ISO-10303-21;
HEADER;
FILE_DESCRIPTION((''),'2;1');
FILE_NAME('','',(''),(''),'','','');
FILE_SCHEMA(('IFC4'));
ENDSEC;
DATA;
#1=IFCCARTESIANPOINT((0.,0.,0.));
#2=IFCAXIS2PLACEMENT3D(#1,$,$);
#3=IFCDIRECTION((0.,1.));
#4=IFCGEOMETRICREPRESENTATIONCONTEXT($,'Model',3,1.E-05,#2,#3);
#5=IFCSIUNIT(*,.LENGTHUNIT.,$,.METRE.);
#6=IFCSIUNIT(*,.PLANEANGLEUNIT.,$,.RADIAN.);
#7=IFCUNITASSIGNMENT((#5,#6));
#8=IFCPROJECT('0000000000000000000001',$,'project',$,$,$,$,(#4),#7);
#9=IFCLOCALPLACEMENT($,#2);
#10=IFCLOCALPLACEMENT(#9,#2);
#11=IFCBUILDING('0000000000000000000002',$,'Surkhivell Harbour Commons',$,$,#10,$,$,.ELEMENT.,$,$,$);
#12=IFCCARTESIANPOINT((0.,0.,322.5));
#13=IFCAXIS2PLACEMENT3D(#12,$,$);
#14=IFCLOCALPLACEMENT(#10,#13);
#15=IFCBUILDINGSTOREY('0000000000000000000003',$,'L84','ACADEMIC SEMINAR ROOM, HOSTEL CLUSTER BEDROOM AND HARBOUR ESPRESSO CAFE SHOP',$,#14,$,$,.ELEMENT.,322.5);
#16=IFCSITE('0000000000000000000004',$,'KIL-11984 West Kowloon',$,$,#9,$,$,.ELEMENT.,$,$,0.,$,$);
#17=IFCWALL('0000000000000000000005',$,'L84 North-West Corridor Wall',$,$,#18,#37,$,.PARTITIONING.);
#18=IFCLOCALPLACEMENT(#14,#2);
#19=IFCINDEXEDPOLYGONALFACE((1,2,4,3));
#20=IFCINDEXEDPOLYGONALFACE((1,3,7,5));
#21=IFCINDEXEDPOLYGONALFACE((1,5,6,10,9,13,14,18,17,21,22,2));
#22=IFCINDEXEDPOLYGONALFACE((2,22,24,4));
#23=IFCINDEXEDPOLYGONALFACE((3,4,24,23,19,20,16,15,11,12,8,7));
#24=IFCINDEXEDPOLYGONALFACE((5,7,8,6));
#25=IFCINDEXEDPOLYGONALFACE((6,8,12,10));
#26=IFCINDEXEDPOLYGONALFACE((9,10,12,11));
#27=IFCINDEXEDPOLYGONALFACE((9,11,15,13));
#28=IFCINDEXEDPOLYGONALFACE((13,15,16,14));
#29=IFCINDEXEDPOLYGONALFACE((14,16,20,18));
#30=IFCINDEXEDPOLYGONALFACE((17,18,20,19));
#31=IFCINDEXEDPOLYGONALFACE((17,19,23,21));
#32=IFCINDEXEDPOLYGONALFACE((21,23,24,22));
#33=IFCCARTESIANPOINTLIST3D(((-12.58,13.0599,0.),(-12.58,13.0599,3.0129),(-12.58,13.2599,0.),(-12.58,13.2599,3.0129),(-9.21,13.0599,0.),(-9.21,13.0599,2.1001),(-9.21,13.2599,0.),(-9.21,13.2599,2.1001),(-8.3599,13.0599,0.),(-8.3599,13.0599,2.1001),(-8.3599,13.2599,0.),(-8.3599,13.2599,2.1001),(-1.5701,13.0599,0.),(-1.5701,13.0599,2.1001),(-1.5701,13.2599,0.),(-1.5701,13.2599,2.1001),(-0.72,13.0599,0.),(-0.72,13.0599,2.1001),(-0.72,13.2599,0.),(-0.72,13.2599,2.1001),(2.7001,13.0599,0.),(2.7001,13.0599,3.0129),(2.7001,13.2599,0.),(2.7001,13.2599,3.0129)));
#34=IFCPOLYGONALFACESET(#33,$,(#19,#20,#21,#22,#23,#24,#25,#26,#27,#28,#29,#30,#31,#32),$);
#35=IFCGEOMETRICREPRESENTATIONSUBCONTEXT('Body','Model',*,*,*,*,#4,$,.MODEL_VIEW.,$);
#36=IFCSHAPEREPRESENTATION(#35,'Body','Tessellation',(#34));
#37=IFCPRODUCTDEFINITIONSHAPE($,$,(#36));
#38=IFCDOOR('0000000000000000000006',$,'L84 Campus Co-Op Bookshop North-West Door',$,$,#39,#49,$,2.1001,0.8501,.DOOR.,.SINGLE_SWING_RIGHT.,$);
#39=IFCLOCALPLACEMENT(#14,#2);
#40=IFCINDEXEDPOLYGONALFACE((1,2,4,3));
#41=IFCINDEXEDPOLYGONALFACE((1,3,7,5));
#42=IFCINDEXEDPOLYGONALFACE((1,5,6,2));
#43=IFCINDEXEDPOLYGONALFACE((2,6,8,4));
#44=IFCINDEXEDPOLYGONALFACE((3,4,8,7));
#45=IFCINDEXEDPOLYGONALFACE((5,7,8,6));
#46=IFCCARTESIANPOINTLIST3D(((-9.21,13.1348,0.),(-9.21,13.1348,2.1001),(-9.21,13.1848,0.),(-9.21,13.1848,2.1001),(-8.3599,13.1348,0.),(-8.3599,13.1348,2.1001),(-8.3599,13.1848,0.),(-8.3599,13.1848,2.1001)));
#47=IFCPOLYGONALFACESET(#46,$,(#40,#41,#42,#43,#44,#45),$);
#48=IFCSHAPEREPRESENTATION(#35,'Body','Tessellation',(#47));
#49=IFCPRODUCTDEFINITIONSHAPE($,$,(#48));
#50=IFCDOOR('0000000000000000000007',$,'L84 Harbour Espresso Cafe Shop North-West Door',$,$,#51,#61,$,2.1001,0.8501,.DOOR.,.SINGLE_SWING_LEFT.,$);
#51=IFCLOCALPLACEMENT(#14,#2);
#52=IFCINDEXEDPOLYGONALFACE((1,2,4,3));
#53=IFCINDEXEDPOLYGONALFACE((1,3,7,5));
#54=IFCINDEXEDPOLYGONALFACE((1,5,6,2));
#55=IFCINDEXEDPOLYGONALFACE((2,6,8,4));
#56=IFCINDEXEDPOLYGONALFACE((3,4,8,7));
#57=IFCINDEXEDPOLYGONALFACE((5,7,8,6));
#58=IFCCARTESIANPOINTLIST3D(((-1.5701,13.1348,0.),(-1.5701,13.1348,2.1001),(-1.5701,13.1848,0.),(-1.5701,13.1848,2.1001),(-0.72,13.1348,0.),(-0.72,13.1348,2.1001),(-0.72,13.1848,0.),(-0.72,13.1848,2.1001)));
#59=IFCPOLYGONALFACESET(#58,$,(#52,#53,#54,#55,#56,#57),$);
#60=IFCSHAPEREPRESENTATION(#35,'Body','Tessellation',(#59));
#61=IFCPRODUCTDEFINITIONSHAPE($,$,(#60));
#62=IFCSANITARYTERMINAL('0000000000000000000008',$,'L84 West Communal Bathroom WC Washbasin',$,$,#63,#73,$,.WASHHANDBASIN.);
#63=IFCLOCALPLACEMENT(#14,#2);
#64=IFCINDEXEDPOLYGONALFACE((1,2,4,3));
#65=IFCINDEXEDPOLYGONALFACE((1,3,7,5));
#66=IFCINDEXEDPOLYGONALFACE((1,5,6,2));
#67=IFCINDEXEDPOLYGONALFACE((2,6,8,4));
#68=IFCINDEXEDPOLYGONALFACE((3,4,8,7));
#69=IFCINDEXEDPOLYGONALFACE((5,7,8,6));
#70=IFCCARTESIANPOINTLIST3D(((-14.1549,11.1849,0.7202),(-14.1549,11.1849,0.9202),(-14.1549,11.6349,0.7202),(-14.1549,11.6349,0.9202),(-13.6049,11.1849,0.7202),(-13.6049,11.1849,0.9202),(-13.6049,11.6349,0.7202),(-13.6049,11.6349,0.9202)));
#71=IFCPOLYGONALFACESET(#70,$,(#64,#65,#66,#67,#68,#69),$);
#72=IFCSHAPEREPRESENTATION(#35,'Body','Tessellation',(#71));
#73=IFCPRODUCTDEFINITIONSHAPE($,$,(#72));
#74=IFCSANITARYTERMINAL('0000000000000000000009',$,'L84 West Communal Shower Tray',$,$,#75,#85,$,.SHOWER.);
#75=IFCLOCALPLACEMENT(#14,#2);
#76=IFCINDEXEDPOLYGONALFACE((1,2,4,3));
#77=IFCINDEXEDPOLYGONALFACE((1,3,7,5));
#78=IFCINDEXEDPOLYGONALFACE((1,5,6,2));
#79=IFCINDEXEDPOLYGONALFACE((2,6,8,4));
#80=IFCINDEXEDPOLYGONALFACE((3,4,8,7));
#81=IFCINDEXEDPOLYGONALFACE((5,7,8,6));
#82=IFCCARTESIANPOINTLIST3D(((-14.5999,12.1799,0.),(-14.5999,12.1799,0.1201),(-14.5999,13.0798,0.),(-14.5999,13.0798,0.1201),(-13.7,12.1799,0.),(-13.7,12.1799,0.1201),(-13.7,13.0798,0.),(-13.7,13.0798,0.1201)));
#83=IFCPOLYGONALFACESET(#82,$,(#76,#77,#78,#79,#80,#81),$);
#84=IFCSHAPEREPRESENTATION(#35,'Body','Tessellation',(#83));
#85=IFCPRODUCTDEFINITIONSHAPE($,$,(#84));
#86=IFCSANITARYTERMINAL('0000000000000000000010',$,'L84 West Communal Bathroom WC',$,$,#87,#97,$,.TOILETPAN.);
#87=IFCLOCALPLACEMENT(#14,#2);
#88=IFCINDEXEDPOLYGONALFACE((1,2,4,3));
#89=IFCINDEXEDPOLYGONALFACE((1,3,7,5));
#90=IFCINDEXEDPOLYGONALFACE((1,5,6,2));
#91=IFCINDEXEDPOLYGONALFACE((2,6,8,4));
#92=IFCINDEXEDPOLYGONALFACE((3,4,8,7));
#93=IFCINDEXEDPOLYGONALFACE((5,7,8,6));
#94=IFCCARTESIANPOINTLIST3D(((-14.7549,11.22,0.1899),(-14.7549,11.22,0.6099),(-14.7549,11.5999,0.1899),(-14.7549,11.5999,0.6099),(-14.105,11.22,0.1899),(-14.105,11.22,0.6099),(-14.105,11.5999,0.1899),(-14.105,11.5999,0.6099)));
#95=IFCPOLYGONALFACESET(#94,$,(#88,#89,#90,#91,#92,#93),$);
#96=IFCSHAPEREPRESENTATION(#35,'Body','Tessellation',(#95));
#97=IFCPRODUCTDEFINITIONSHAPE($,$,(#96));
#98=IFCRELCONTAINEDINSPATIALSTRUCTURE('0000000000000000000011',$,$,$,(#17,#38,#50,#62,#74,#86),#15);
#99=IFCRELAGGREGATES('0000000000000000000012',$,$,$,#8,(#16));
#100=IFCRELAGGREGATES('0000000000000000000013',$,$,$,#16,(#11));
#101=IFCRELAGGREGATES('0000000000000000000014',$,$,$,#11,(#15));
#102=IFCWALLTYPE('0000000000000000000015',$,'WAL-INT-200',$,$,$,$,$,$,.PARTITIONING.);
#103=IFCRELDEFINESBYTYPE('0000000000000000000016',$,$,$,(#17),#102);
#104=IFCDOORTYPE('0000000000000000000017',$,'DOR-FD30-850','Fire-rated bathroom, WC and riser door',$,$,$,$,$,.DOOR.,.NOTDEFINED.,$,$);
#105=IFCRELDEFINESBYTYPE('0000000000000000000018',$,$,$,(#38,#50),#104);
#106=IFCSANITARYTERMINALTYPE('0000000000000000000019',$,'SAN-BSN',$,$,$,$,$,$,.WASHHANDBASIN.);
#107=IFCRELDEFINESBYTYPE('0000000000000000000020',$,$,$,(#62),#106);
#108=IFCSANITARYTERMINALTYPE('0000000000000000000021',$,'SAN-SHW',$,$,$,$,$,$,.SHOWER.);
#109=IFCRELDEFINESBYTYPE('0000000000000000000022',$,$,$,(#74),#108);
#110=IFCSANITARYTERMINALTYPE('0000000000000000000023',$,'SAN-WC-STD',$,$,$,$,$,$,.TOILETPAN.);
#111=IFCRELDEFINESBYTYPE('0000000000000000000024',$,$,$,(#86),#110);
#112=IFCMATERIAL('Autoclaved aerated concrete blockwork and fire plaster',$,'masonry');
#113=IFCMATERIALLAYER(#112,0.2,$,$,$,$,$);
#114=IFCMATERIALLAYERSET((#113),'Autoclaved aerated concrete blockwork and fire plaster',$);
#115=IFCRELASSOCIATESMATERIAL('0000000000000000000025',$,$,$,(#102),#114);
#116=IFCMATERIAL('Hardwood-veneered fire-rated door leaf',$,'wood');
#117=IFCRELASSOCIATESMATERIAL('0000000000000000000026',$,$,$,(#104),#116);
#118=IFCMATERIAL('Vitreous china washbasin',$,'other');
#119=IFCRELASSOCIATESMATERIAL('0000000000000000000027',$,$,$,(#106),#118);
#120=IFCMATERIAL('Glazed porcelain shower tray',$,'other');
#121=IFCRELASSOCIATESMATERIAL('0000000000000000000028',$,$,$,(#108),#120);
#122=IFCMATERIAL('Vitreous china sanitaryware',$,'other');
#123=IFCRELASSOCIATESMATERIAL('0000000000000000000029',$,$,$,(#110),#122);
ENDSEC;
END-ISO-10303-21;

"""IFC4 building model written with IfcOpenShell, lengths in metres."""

from ifc_helpers import new_model, si_unit, direction, frame, frame_2d, origin, origin_2d, place, context, subcontext, project, spatial, rectangle, extrude, material, layer, layer_set, type_object, element, fill, save


model = new_model("IFC4")

# Units and contexts
model_context = context("Model", 3, precision=1e-05, world=origin(), true_north=direction((0.0, 1.0)))
body_context = subcontext(model_context, "Body", "Model", "MODEL_VIEW")
ifc_project = project(units=[si_unit("LENGTHUNIT", "METRE"), si_unit("PLANEANGLEUNIT", "RADIAN")], contexts=[model_context])

# Site, building, storey
site_placement = place(None, origin())
site = spatial("IfcSite", under=ifc_project, at=site_placement, Name="KIL-11984 West Kowloon", CompositionType="ELEMENT", RefElevation=0.0)
building_placement = place(site_placement, origin())
building = spatial("IfcBuilding", under=site, at=building_placement, Name="Surkhivell Harbour Commons", CompositionType="ELEMENT")
storey_placement = place(building_placement, frame((0.0, 0.0, 322.5)))
storey = spatial("IfcBuildingStorey", under=building, at=storey_placement, Name="L84", Description="ACADEMIC SEMINAR ROOM, HOSTEL CLUSTER BEDROOM AND HARBOUR ESPRESSO CAFE SHOP", CompositionType="ELEMENT", Elevation=322.5)

# Shared definitions
ifc_material_1 = material(Name="Autoclaved aerated concrete blockwork and fire plaster", Category="masonry")
ifc_layer_1 = layer(ifc_material_1, 0.2)
ifc_layer_set_1 = layer_set([ifc_layer_1], Name="Autoclaved aerated concrete blockwork and fire plaster")
wall_type_1 = type_object("IfcWallType", Name="WAL-INT-200", PredefinedType="PARTITIONING", material=ifc_layer_set_1)

# Wall, openings, doors
wall_1_placement = place(storey_placement, frame((-12.5801, 13.1599, 0.0), z_axis=(0.0, 0.0, 1.0), x_axis=(1.0, 0.0, 0.0)))
wall_1 = element("IfcWall", 1, at=wall_1_placement, inside=storey, type_object=wall_type_1, Name="L84 North-West Corridor Wall", PredefinedType="PARTITIONING", context=body_context, shape_type="SweptSolid", body=[
    extrude(rectangle(XDim=15.28, YDim=0.2, at=frame_2d((7.6401, 0.0))), origin(), (0.0, 0.0, 1.0), 3.0129),
])
opening_1_placement = place(wall_1_placement, frame((3.3701, 0.0, 0.0)))
opening_1 = element("IfcOpeningElement", 2, at=opening_1_placement, cuts=wall_1, PredefinedType="OPENING", context=body_context, shape_type="SweptSolid", body=[
    extrude(rectangle(XDim=0.8501, YDim=2.1001, at=frame_2d((0.425, 1.05))), frame((0.0, 0.1099, 0.0), z_axis=(0.0, -1.0, 0.0), x_axis=(1.0, 0.0, 0.0)), (0.0, 0.0, 1.0), 0.22),
])
opening_2_placement = place(wall_1_placement, frame((11.01, 0.0, 0.0)))
opening_2 = element("IfcOpeningElement", 3, at=opening_2_placement, cuts=wall_1, PredefinedType="OPENING", context=body_context, shape_type="SweptSolid", body=[
    extrude(rectangle(XDim=0.8501, YDim=2.1001, at=frame_2d((0.425, 1.05))), frame((0.0, 0.1099, 0.0), z_axis=(0.0, -1.0, 0.0), x_axis=(1.0, 0.0, 0.0)), (0.0, 0.0, 1.0), 0.22),
])
ifc_material_2 = material(Name="Hardwood-veneered fire-rated door leaf", Category="wood")
door_type = type_object("IfcDoorType", Name="DOR-FD30-850", Description="Fire-rated bathroom, WC and riser door", OperationType="NOTDEFINED", PredefinedType="DOOR", material=ifc_material_2)
door_1_placement = place(opening_1_placement, origin())
door_1 = element("IfcDoor", 4, at=door_1_placement, inside=storey, type_object=door_type, Name="L84 Campus Co-Op Bookshop North-West Door", OperationType="SINGLE_SWING_RIGHT", OverallHeight=2.1001, OverallWidth=0.8501, PredefinedType="DOOR", context=body_context, shape_type="SweptSolid", body=[
    extrude(rectangle(XDim=0.8501, YDim=2.1001, at=frame_2d((0.425, 1.05))), frame((0.0, 0.0249, 0.0), z_axis=(0.0, -1.0, 0.0), x_axis=(1.0, 0.0, 0.0)), (0.0, 0.0, 1.0), 0.05),
])
fill(opening_1, door_1)
door_2_placement = place(opening_2_placement, origin())
door_2 = element("IfcDoor", 5, at=door_2_placement, inside=storey, type_object=door_type, Name="L84 Harbour Espresso Cafe Shop North-West Door", OperationType="SINGLE_SWING_LEFT", OverallHeight=2.1001, OverallWidth=0.8501, PredefinedType="DOOR", context=body_context, shape_type="SweptSolid", body=[
    extrude(rectangle(XDim=0.8501, YDim=2.1001, at=frame_2d((0.425, 1.05))), frame((0.0, 0.0249, 0.0), z_axis=(0.0, -1.0, 0.0), x_axis=(1.0, 0.0, 0.0)), (0.0, 0.0, 1.0), 0.05),
])
fill(opening_2, door_2)

# Sanitary terminals
ifc_material_3 = material(Name="Vitreous china washbasin", Category="other")
sanitary_terminal_type_1 = type_object("IfcSanitaryTerminalType", Name="SAN-BSN", PredefinedType="WASHHANDBASIN", material=ifc_material_3)
sanitary_terminal_1_placement = place(storey_placement, frame((-13.8799, 11.4099, 0.7202), z_axis=(0.0, 0.0, 1.0), x_axis=(1.0, 0.0, 0.0)))
element("IfcSanitaryTerminal", 6, at=sanitary_terminal_1_placement, inside=storey, type_object=sanitary_terminal_type_1, Name="L84 West Communal Bathroom WC Washbasin", PredefinedType="WASHHANDBASIN", context=body_context, shape_type="SweptSolid", body=[
    extrude(rectangle(XDim=0.55, YDim=0.45, at=origin_2d()), origin(), (0.0, 0.0, 1.0), 0.2),
])
ifc_material_4 = material(Name="Glazed porcelain shower tray", Category="other")
sanitary_terminal_type_2 = type_object("IfcSanitaryTerminalType", Name="SAN-SHW", PredefinedType="SHOWER", material=ifc_material_4)
sanitary_terminal_2_placement = place(storey_placement, frame((-14.1499, 12.6299, 0.0), z_axis=(0.0, 0.0, 1.0), x_axis=(1.0, 0.0, 0.0)))
element("IfcSanitaryTerminal", 7, at=sanitary_terminal_2_placement, inside=storey, type_object=sanitary_terminal_type_2, Name="L84 West Communal Shower Tray", PredefinedType="SHOWER", context=body_context, shape_type="SweptSolid", body=[
    extrude(rectangle(XDim=0.8999, YDim=0.8999, at=origin_2d()), origin(), (0.0, 0.0, 1.0), 0.1201),
])
ifc_material_5 = material(Name="Vitreous china sanitaryware", Category="other")
sanitary_terminal_type_3 = type_object("IfcSanitaryTerminalType", Name="SAN-WC-STD", PredefinedType="TOILETPAN", material=ifc_material_5)
sanitary_terminal_3_placement = place(storey_placement, frame((-14.4299, 11.4099, 0.1899), z_axis=(0.0, 0.0, 1.0), x_axis=(1.0, 0.0, 0.0)))
element("IfcSanitaryTerminal", 8, at=sanitary_terminal_3_placement, inside=storey, type_object=sanitary_terminal_type_3, Name="L84 West Communal Bathroom WC", PredefinedType="TOILETPAN", context=body_context, shape_type="SweptSolid", body=[
    extrude(rectangle(XDim=0.6499, YDim=0.3799, at=origin_2d()), origin(), (0.0, 0.0, 1.0), 0.4199),
])

save(model, "model.ifc")
